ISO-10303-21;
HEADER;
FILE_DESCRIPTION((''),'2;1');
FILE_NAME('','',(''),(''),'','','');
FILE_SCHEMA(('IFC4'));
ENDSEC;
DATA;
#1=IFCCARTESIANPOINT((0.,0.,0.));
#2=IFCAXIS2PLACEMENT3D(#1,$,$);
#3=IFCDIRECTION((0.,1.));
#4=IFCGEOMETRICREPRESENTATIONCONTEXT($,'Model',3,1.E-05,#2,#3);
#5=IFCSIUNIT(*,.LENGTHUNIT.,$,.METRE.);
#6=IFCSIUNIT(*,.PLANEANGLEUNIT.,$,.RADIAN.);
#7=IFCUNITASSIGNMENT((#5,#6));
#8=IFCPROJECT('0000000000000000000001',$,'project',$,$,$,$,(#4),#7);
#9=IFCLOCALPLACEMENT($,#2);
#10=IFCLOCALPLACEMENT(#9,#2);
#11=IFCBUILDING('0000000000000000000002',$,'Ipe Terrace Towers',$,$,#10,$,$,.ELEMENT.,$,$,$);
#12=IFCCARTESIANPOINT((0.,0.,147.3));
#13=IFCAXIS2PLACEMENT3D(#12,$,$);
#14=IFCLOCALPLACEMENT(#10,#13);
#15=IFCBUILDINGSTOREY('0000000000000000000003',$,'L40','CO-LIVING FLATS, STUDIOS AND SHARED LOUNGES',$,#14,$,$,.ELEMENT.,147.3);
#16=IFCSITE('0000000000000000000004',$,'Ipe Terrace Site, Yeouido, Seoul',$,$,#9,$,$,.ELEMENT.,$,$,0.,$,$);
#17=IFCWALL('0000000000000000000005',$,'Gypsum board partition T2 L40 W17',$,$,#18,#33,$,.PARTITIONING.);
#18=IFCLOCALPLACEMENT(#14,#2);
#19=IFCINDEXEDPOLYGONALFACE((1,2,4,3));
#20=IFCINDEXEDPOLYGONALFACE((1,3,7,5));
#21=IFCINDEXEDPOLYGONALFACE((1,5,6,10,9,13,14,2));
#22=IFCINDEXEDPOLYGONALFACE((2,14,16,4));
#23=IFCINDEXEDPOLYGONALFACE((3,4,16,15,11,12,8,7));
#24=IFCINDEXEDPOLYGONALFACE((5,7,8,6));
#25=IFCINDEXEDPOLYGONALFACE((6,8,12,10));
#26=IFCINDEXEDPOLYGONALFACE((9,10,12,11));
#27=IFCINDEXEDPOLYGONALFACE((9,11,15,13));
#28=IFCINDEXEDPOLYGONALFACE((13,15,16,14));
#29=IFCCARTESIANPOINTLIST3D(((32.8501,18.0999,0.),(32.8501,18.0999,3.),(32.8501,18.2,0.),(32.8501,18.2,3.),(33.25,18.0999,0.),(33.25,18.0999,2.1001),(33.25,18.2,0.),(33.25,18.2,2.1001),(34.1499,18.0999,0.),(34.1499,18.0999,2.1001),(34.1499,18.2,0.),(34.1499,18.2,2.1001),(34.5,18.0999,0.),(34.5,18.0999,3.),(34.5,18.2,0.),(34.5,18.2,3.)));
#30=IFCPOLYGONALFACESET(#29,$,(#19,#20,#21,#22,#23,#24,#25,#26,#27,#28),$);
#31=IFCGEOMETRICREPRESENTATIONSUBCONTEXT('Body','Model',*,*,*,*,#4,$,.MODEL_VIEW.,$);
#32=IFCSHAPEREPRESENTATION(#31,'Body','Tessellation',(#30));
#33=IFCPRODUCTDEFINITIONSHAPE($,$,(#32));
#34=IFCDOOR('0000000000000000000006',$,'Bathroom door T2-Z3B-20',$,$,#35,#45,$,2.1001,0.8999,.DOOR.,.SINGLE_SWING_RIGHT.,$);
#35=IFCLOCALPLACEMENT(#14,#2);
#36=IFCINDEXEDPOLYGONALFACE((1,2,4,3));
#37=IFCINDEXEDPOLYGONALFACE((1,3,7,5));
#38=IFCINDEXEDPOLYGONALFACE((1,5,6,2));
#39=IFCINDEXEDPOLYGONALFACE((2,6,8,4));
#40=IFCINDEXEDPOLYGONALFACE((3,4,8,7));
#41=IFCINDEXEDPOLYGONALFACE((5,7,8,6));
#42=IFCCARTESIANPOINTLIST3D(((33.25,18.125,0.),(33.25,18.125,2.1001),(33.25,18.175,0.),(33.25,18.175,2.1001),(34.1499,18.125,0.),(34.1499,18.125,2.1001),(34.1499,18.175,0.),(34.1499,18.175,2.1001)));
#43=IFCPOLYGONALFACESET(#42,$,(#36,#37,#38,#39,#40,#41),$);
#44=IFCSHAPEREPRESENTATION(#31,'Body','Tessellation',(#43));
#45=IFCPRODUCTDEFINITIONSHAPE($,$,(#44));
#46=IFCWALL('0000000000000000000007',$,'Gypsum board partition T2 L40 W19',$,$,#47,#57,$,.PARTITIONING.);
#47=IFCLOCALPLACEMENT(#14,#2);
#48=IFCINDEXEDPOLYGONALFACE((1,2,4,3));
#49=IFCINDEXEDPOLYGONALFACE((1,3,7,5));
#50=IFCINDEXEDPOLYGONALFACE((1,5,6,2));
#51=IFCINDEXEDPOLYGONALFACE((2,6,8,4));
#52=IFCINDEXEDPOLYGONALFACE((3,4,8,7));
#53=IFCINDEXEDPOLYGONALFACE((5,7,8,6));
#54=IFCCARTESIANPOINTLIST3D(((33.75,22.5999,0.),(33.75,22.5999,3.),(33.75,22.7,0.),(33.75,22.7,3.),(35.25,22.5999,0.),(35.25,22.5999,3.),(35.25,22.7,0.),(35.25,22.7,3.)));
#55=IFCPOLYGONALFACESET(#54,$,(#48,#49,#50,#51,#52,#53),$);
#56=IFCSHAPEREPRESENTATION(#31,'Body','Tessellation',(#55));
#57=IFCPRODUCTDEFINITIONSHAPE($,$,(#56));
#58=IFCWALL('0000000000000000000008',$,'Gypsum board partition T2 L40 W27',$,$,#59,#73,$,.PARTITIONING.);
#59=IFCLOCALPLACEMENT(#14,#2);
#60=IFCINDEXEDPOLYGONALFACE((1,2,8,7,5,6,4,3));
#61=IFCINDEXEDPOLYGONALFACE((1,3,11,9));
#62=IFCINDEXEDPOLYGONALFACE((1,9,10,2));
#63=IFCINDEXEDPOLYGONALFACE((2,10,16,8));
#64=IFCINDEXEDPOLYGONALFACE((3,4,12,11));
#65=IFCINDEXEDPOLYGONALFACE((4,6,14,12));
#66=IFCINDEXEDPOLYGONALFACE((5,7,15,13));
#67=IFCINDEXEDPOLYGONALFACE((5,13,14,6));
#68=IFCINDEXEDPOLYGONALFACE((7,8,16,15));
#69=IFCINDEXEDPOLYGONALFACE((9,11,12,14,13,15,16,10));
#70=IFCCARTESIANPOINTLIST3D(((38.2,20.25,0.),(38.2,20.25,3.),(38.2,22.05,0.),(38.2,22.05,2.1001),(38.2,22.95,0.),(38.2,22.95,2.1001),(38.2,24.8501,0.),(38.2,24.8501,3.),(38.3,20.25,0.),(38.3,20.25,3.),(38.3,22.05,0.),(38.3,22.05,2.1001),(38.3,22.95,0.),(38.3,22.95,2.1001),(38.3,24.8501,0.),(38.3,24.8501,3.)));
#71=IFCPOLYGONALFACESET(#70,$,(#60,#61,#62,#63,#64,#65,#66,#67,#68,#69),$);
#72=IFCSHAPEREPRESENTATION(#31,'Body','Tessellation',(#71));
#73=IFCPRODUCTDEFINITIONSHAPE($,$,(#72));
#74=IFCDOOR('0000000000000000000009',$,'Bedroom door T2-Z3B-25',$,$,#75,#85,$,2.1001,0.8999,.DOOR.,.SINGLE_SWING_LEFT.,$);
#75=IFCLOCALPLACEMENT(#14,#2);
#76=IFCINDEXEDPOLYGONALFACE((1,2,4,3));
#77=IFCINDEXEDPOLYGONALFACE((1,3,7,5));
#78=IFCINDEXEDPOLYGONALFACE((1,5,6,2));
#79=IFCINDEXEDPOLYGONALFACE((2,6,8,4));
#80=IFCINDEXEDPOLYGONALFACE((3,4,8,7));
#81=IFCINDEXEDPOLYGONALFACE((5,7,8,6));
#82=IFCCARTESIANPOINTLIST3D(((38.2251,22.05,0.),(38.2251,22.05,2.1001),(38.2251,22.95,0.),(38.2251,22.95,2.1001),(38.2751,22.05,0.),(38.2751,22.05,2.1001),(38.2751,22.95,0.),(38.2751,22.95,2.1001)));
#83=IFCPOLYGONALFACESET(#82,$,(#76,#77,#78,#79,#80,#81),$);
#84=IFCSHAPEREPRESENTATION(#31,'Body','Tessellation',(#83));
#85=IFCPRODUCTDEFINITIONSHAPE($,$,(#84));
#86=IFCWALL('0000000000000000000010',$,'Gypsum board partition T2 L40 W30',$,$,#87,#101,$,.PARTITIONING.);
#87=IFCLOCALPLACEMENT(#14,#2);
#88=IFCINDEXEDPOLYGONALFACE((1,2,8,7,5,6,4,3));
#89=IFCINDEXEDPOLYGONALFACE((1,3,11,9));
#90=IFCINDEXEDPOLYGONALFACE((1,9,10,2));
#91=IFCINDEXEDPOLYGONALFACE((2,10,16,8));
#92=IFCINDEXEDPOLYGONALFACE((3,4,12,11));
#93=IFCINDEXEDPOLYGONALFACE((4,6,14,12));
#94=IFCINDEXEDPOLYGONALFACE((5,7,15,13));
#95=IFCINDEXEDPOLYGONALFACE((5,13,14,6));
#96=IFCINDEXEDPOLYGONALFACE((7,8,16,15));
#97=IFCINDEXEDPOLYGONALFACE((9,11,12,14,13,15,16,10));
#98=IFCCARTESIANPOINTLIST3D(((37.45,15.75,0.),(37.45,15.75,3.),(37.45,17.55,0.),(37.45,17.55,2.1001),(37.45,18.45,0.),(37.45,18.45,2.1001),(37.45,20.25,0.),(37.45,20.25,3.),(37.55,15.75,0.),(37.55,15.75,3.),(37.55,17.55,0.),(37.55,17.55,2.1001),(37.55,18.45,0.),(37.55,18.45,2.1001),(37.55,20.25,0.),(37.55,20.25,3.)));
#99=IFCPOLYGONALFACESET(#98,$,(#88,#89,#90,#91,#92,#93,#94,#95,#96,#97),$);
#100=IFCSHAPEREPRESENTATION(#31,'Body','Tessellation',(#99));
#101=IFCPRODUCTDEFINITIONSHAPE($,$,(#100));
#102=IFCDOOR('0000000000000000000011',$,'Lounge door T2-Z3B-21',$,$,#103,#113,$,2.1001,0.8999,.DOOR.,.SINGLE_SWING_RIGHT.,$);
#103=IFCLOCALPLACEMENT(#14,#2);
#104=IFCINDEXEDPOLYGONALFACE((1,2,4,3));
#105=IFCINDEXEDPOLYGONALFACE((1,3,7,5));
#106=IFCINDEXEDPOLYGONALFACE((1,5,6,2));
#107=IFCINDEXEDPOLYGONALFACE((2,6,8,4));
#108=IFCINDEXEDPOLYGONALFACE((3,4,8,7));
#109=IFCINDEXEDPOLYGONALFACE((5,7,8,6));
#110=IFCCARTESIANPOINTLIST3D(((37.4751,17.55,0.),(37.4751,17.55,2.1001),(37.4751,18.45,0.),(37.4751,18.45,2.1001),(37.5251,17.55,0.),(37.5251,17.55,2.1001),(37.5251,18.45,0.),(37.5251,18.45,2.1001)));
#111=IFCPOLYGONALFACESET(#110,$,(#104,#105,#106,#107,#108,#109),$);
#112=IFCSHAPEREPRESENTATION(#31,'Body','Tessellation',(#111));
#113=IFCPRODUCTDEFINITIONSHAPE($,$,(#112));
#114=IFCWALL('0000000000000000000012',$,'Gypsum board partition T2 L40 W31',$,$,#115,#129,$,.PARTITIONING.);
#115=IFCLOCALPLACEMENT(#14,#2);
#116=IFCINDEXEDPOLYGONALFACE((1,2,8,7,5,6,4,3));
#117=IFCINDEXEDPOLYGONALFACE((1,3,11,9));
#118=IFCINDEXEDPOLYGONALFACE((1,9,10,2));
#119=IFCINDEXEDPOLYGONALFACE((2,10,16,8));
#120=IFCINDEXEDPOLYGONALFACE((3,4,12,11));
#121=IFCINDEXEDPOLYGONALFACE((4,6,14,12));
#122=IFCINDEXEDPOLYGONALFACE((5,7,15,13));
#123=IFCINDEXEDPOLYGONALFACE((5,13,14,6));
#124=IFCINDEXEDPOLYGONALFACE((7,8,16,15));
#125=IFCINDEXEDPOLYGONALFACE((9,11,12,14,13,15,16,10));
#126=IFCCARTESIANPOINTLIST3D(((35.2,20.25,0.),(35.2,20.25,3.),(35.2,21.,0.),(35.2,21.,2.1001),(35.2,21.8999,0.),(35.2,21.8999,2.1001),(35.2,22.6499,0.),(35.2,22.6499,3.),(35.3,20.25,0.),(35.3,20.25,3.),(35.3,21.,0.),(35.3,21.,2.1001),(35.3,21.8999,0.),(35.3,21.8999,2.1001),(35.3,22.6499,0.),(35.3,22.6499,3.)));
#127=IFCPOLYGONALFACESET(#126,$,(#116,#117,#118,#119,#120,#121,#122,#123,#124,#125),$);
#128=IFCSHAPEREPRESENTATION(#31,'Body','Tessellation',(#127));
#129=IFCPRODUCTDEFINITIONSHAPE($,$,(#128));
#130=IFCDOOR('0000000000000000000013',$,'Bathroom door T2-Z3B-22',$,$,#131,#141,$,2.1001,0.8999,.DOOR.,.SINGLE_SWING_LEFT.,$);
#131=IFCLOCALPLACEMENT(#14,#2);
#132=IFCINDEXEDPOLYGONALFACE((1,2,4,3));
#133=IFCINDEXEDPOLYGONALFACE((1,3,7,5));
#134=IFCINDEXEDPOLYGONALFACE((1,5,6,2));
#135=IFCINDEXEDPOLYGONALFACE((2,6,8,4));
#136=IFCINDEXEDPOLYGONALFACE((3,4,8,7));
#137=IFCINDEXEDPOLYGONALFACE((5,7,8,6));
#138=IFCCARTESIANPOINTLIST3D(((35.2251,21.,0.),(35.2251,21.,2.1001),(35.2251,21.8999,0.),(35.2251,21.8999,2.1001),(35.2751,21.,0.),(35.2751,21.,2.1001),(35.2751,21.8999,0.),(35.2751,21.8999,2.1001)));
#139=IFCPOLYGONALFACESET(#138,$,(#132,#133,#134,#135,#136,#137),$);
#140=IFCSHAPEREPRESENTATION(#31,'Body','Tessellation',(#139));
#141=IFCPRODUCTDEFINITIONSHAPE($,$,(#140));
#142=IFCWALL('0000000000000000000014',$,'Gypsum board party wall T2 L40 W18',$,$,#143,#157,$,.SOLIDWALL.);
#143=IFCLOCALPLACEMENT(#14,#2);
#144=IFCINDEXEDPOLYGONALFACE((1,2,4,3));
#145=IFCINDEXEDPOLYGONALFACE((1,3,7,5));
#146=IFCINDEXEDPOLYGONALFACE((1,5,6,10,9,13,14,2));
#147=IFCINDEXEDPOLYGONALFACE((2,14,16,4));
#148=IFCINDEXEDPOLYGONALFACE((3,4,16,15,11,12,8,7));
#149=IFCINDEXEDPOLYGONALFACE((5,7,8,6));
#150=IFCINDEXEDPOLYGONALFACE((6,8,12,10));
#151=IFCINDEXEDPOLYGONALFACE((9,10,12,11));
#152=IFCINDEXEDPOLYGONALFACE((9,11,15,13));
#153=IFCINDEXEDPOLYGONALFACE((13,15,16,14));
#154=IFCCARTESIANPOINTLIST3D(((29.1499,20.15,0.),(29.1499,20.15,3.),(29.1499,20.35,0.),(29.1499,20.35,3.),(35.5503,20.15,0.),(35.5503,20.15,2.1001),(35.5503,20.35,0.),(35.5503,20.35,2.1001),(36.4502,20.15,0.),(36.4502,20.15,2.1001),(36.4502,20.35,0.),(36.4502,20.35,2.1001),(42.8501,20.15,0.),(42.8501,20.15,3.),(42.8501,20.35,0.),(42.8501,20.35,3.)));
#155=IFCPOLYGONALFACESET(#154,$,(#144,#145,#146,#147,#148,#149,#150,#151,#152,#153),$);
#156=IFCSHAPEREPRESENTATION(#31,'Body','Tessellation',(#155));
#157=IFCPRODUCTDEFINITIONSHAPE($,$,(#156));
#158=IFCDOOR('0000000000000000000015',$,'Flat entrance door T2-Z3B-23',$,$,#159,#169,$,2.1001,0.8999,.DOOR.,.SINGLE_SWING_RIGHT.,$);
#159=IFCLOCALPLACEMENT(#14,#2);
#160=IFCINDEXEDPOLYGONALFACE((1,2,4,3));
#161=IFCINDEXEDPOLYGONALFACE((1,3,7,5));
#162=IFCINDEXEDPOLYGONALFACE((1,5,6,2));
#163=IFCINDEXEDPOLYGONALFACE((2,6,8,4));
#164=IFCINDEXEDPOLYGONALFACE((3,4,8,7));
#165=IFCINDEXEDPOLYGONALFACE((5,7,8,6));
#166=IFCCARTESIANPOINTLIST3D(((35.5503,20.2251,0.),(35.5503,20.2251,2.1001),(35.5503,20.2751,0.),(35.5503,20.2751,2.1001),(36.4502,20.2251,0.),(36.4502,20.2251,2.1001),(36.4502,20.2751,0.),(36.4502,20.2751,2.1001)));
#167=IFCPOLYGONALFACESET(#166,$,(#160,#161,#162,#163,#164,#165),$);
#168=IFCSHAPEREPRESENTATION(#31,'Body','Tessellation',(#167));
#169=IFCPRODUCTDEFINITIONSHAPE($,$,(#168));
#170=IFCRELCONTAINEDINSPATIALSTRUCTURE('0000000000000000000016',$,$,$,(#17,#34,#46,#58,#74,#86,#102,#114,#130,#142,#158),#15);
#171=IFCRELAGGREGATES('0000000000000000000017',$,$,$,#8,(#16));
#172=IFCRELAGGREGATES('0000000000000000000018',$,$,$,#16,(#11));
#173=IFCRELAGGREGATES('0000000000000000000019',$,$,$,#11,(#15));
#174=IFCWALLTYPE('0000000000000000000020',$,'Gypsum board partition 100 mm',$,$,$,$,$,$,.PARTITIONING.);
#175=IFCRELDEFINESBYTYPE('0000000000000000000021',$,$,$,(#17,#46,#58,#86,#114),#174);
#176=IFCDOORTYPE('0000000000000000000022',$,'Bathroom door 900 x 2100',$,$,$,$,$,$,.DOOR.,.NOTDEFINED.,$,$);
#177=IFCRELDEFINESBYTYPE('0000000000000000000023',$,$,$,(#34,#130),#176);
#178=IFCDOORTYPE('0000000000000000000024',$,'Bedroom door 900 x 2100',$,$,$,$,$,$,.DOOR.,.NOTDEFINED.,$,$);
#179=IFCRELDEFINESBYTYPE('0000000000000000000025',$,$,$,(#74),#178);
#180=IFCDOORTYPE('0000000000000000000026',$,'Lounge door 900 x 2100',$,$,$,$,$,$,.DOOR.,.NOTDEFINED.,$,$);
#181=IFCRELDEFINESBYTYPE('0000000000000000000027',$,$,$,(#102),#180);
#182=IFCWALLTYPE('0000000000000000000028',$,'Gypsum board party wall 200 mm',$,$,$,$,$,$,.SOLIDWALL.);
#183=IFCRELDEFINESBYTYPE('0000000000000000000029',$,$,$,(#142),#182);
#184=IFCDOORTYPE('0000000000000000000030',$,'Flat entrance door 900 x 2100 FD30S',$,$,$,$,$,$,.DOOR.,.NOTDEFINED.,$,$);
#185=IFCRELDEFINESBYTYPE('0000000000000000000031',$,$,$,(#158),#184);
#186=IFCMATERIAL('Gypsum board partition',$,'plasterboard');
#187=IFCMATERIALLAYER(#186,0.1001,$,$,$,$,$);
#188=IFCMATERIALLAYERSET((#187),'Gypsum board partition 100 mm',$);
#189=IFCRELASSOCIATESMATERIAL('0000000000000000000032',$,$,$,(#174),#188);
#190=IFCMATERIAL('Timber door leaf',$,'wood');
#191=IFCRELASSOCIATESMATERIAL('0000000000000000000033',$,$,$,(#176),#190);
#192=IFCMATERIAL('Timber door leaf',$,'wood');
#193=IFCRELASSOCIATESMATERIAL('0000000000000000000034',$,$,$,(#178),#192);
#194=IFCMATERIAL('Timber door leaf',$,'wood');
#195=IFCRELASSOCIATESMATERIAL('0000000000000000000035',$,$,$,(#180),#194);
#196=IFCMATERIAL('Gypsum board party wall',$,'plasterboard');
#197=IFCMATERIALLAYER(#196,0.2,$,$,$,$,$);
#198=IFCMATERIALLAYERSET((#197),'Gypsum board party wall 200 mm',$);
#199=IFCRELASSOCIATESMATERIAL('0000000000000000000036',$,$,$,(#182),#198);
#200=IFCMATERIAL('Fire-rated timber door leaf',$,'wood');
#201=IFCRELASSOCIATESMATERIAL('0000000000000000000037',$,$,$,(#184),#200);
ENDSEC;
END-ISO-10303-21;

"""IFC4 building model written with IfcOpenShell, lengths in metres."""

from ifc_helpers import new_model, si_unit, direction, frame, frame_2d, origin, place, context, subcontext, project, spatial, rectangle, extrude, material, layer, layer_set, type_object, element, fill, save


model = new_model("IFC4")

# Units and contexts
model_context = context("Model", 3, precision=1e-05, world=origin(), true_north=direction((0.0, 1.0)))
body_context = subcontext(model_context, "Body", "Model", "MODEL_VIEW")
ifc_project = project(units=[si_unit("LENGTHUNIT", "METRE"), si_unit("PLANEANGLEUNIT", "RADIAN")], contexts=[model_context])

# Site, building, storey
site_placement = place(None, origin())
site = spatial("IfcSite", under=ifc_project, at=site_placement, Name="Ipe Terrace Site, Yeouido, Seoul", CompositionType="ELEMENT", RefElevation=0.0)
building_placement = place(site_placement, origin())
building = spatial("IfcBuilding", under=site, at=building_placement, Name="Ipe Terrace Towers", CompositionType="ELEMENT")
storey_placement = place(building_placement, frame((0.0, 0.0, 147.3)))
storey = spatial("IfcBuildingStorey", under=building, at=storey_placement, Name="L40", Description="CO-LIVING FLATS, STUDIOS AND SHARED LOUNGES", CompositionType="ELEMENT", Elevation=147.3)

# Wall, opening, door
ifc_material_1 = material(Name="Gypsum board partition", Category="plasterboard")
ifc_layer_1 = layer(ifc_material_1, 0.1001)
ifc_layer_set_1 = layer_set([ifc_layer_1], Name="Gypsum board partition 100 mm")
wall_type_1 = type_object("IfcWallType", Name="Gypsum board partition 100 mm", PredefinedType="PARTITIONING", material=ifc_layer_set_1)
wall_1_placement = place(storey_placement, frame((34.5, 18.1499, 0.0), z_axis=(0.0, 0.0, 1.0), x_axis=(-1.0, 0.0, 0.0)))
wall_1 = element("IfcWall", 1, at=wall_1_placement, inside=storey, type_object=wall_type_1, Name="Gypsum board partition T2 L40 W17", PredefinedType="PARTITIONING", context=body_context, shape_type="SweptSolid", body=[
    extrude(rectangle(XDim=1.6499, YDim=0.1001, at=frame_2d((0.825, 0.0))), origin(), (0.0, 0.0, 1.0), 3.0),
])
opening_1_placement = place(wall_1_placement, frame((0.3501, 0.0, 0.0)))
opening_1 = element("IfcOpeningElement", 2, at=opening_1_placement, cuts=wall_1, PredefinedType="OPENING", context=body_context, shape_type="SweptSolid", body=[
    extrude(rectangle(XDim=0.8999, YDim=2.1001, at=frame_2d((0.45, 1.05))), frame((0.0, 0.0601, 0.0), z_axis=(0.0, -1.0, 0.0), x_axis=(1.0, 0.0, 0.0)), (0.0, 0.0, 1.0), 0.1201),
])
ifc_material_2 = material(Name="Timber door leaf", Category="wood")
door_type_1 = type_object("IfcDoorType", Name="Bathroom door 900 x 2100", OperationType="NOTDEFINED", PredefinedType="DOOR", material=ifc_material_2)
door_1_placement = place(opening_1_placement, origin())
door_1 = element("IfcDoor", 3, at=door_1_placement, inside=storey, type_object=door_type_1, Name="Bathroom door T2-Z3B-20", OperationType="SINGLE_SWING_RIGHT", OverallHeight=2.1001, OverallWidth=0.8999, PredefinedType="DOOR", context=body_context, shape_type="SweptSolid", body=[
    extrude(rectangle(XDim=0.8999, YDim=2.1001, at=frame_2d((0.45, 1.05))), frame((0.0, 0.0249, 0.0), z_axis=(0.0, -1.0, 0.0), x_axis=(1.0, 0.0, 0.0)), (0.0, 0.0, 1.0), 0.05),
])
fill(opening_1, door_1)

# Wall
wall_2_placement = place(storey_placement, frame((35.25, 22.6499, 0.0), z_axis=(0.0, 0.0, 1.0), x_axis=(-1.0, 0.0, 0.0)))
element("IfcWall", 4, at=wall_2_placement, inside=storey, type_object=wall_type_1, Name="Gypsum board partition T2 L40 W19", PredefinedType="PARTITIONING", context=body_context, shape_type="SweptSolid", body=[
    extrude(rectangle(XDim=1.5, YDim=0.1001, at=frame_2d((0.75, 0.0))), origin(), (0.0, 0.0, 1.0), 3.0),
])

# Walls, openings, doors
wall_3_placement = place(storey_placement, frame((38.25, 20.25, 0.0), z_axis=(0.0, 0.0, 1.0), x_axis=(0.0, 1.0, 0.0)))
wall_3 = element("IfcWall", 5, at=wall_3_placement, inside=storey, type_object=wall_type_1, Name="Gypsum board partition T2 L40 W27", PredefinedType="PARTITIONING", context=body_context, shape_type="SweptSolid", body=[
    extrude(rectangle(XDim=4.6001, YDim=0.1001, at=frame_2d((2.3, 0.0))), origin(), (0.0, 0.0, 1.0), 3.0),
])
opening_2_placement = place(wall_3_placement, frame((1.8, 0.0, 0.0)))
opening_2 = element("IfcOpeningElement", 6, at=opening_2_placement, cuts=wall_3, PredefinedType="OPENING", context=body_context, shape_type="SweptSolid", body=[
    extrude(rectangle(XDim=0.8999, YDim=2.1001, at=frame_2d((0.45, 1.05))), frame((0.0, 0.0601, 0.0), z_axis=(0.0, -1.0, 0.0), x_axis=(1.0, 0.0, 0.0)), (0.0, 0.0, 1.0), 0.1201),
])
ifc_material_3 = material(Name="Timber door leaf", Category="wood")
door_type_2 = type_object("IfcDoorType", Name="Bedroom door 900 x 2100", OperationType="NOTDEFINED", PredefinedType="DOOR", material=ifc_material_3)
door_2_placement = place(opening_2_placement, origin())
door_2 = element("IfcDoor", 7, at=door_2_placement, inside=storey, type_object=door_type_2, Name="Bedroom door T2-Z3B-25", OperationType="SINGLE_SWING_LEFT", OverallHeight=2.1001, OverallWidth=0.8999, PredefinedType="DOOR", context=body_context, shape_type="SweptSolid", body=[
    extrude(rectangle(XDim=0.8999, YDim=2.1001, at=frame_2d((0.45, 1.05))), frame((0.0, 0.0249, 0.0), z_axis=(0.0, -1.0, 0.0), x_axis=(1.0, 0.0, 0.0)), (0.0, 0.0, 1.0), 0.05),
])
fill(opening_2, door_2)
wall_4_placement = place(storey_placement, frame((37.5, 15.75, 0.0), z_axis=(0.0, 0.0, 1.0), x_axis=(0.0, 1.0, 0.0)))
wall_4 = element("IfcWall", 8, at=wall_4_placement, inside=storey, type_object=wall_type_1, Name="Gypsum board partition T2 L40 W30", PredefinedType="PARTITIONING", context=body_context, shape_type="SweptSolid", body=[
    extrude(rectangle(XDim=4.5, YDim=0.1001, at=frame_2d((2.25, 0.0))), origin(), (0.0, 0.0, 1.0), 3.0),
])
opening_3_placement = place(wall_4_placement, frame((1.8, 0.0, 0.0)))
opening_3 = element("IfcOpeningElement", 9, at=opening_3_placement, cuts=wall_4, PredefinedType="OPENING", context=body_context, shape_type="SweptSolid", body=[
    extrude(rectangle(XDim=0.8999, YDim=2.1001, at=frame_2d((0.45, 1.05))), frame((0.0, 0.0601, 0.0), z_axis=(0.0, -1.0, 0.0), x_axis=(1.0, 0.0, 0.0)), (0.0, 0.0, 1.0), 0.1201),
])
ifc_material_4 = material(Name="Timber door leaf", Category="wood")
door_type_3 = type_object("IfcDoorType", Name="Lounge door 900 x 2100", OperationType="NOTDEFINED", PredefinedType="DOOR", material=ifc_material_4)
door_3_placement = place(opening_3_placement, origin())
door_3 = element("IfcDoor", 10, at=door_3_placement, inside=storey, type_object=door_type_3, Name="Lounge door T2-Z3B-21", OperationType="SINGLE_SWING_RIGHT", OverallHeight=2.1001, OverallWidth=0.8999, PredefinedType="DOOR", context=body_context, shape_type="SweptSolid", body=[
    extrude(rectangle(XDim=0.8999, YDim=2.1001, at=frame_2d((0.45, 1.05))), frame((0.0, 0.0249, 0.0), z_axis=(0.0, -1.0, 0.0), x_axis=(1.0, 0.0, 0.0)), (0.0, 0.0, 1.0), 0.05),
])
fill(opening_3, door_3)
wall_5_placement = place(storey_placement, frame((35.25, 20.25, 0.0), z_axis=(0.0, 0.0, 1.0), x_axis=(0.0, 1.0, 0.0)))
wall_5 = element("IfcWall", 11, at=wall_5_placement, inside=storey, type_object=wall_type_1, Name="Gypsum board partition T2 L40 W31", PredefinedType="PARTITIONING", context=body_context, shape_type="SweptSolid", body=[
    extrude(rectangle(XDim=2.3999, YDim=0.1001, at=frame_2d((1.2, 0.0))), origin(), (0.0, 0.0, 1.0), 3.0),
])
opening_4_placement = place(wall_5_placement, frame((0.75, 0.0, 0.0)))
opening_4 = element("IfcOpeningElement", 12, at=opening_4_placement, cuts=wall_5, PredefinedType="OPENING", context=body_context, shape_type="SweptSolid", body=[
    extrude(rectangle(XDim=0.8999, YDim=2.1001, at=frame_2d((0.45, 1.05))), frame((0.0, 0.0601, 0.0), z_axis=(0.0, -1.0, 0.0), x_axis=(1.0, 0.0, 0.0)), (0.0, 0.0, 1.0), 0.1201),
])
door_4_placement = place(opening_4_placement, origin())
door_4 = element("IfcDoor", 13, at=door_4_placement, inside=storey, type_object=door_type_1, Name="Bathroom door T2-Z3B-22", OperationType="SINGLE_SWING_LEFT", OverallHeight=2.1001, OverallWidth=0.8999, PredefinedType="DOOR", context=body_context, shape_type="SweptSolid", body=[
    extrude(rectangle(XDim=0.8999, YDim=2.1001, at=frame_2d((0.45, 1.05))), frame((0.0, 0.0249, 0.0), z_axis=(0.0, -1.0, 0.0), x_axis=(1.0, 0.0, 0.0)), (0.0, 0.0, 1.0), 0.05),
])
fill(opening_4, door_4)
ifc_material_5 = material(Name="Gypsum board party wall", Category="plasterboard")
ifc_layer_2 = layer(ifc_material_5, 0.2)
ifc_layer_set_2 = layer_set([ifc_layer_2], Name="Gypsum board party wall 200 mm")
wall_type_2 = type_object("IfcWallType", Name="Gypsum board party wall 200 mm", PredefinedType="SOLIDWALL", material=ifc_layer_set_2)
wall_6_placement = place(storey_placement, frame((42.8501, 20.25, 0.0), z_axis=(0.0, 0.0, 1.0), x_axis=(-1.0, 0.0, 0.0)))
wall_6 = element("IfcWall", 14, at=wall_6_placement, inside=storey, type_object=wall_type_2, Name="Gypsum board party wall T2 L40 W18", PredefinedType="SOLIDWALL", context=body_context, shape_type="SweptSolid", body=[
    extrude(rectangle(XDim=13.7002, YDim=0.2, at=frame_2d((6.8501, 0.0))), origin(), (0.0, 0.0, 1.0), 3.0),
])
opening_5_placement = place(wall_6_placement, frame((6.3999, 0.0, 0.0)))
opening_5 = element("IfcOpeningElement", 15, at=opening_5_placement, cuts=wall_6, PredefinedType="OPENING", context=body_context, shape_type="SweptSolid", body=[
    extrude(rectangle(XDim=0.8999, YDim=2.1001, at=frame_2d((0.45, 1.05))), frame((0.0, 0.1099, 0.0), z_axis=(0.0, -1.0, 0.0), x_axis=(1.0, 0.0, 0.0)), (0.0, 0.0, 1.0), 0.22),
])
ifc_material_6 = material(Name="Fire-rated timber door leaf", Category="wood")
door_type_4 = type_object("IfcDoorType", Name="Flat entrance door 900 x 2100 FD30S", OperationType="NOTDEFINED", PredefinedType="DOOR", material=ifc_material_6)
door_5_placement = place(opening_5_placement, origin())
door_5 = element("IfcDoor", 16, at=door_5_placement, inside=storey, type_object=door_type_4, Name="Flat entrance door T2-Z3B-23", OperationType="SINGLE_SWING_RIGHT", OverallHeight=2.1001, OverallWidth=0.8999, PredefinedType="DOOR", context=body_context, shape_type="SweptSolid", body=[
    extrude(rectangle(XDim=0.8999, YDim=2.1001, at=frame_2d((0.45, 1.05))), frame((0.0, 0.0249, 0.0), z_axis=(0.0, -1.0, 0.0), x_axis=(1.0, 0.0, 0.0)), (0.0, 0.0, 1.0), 0.05),
])
fill(opening_5, door_5)

save(model, "model.ifc")
